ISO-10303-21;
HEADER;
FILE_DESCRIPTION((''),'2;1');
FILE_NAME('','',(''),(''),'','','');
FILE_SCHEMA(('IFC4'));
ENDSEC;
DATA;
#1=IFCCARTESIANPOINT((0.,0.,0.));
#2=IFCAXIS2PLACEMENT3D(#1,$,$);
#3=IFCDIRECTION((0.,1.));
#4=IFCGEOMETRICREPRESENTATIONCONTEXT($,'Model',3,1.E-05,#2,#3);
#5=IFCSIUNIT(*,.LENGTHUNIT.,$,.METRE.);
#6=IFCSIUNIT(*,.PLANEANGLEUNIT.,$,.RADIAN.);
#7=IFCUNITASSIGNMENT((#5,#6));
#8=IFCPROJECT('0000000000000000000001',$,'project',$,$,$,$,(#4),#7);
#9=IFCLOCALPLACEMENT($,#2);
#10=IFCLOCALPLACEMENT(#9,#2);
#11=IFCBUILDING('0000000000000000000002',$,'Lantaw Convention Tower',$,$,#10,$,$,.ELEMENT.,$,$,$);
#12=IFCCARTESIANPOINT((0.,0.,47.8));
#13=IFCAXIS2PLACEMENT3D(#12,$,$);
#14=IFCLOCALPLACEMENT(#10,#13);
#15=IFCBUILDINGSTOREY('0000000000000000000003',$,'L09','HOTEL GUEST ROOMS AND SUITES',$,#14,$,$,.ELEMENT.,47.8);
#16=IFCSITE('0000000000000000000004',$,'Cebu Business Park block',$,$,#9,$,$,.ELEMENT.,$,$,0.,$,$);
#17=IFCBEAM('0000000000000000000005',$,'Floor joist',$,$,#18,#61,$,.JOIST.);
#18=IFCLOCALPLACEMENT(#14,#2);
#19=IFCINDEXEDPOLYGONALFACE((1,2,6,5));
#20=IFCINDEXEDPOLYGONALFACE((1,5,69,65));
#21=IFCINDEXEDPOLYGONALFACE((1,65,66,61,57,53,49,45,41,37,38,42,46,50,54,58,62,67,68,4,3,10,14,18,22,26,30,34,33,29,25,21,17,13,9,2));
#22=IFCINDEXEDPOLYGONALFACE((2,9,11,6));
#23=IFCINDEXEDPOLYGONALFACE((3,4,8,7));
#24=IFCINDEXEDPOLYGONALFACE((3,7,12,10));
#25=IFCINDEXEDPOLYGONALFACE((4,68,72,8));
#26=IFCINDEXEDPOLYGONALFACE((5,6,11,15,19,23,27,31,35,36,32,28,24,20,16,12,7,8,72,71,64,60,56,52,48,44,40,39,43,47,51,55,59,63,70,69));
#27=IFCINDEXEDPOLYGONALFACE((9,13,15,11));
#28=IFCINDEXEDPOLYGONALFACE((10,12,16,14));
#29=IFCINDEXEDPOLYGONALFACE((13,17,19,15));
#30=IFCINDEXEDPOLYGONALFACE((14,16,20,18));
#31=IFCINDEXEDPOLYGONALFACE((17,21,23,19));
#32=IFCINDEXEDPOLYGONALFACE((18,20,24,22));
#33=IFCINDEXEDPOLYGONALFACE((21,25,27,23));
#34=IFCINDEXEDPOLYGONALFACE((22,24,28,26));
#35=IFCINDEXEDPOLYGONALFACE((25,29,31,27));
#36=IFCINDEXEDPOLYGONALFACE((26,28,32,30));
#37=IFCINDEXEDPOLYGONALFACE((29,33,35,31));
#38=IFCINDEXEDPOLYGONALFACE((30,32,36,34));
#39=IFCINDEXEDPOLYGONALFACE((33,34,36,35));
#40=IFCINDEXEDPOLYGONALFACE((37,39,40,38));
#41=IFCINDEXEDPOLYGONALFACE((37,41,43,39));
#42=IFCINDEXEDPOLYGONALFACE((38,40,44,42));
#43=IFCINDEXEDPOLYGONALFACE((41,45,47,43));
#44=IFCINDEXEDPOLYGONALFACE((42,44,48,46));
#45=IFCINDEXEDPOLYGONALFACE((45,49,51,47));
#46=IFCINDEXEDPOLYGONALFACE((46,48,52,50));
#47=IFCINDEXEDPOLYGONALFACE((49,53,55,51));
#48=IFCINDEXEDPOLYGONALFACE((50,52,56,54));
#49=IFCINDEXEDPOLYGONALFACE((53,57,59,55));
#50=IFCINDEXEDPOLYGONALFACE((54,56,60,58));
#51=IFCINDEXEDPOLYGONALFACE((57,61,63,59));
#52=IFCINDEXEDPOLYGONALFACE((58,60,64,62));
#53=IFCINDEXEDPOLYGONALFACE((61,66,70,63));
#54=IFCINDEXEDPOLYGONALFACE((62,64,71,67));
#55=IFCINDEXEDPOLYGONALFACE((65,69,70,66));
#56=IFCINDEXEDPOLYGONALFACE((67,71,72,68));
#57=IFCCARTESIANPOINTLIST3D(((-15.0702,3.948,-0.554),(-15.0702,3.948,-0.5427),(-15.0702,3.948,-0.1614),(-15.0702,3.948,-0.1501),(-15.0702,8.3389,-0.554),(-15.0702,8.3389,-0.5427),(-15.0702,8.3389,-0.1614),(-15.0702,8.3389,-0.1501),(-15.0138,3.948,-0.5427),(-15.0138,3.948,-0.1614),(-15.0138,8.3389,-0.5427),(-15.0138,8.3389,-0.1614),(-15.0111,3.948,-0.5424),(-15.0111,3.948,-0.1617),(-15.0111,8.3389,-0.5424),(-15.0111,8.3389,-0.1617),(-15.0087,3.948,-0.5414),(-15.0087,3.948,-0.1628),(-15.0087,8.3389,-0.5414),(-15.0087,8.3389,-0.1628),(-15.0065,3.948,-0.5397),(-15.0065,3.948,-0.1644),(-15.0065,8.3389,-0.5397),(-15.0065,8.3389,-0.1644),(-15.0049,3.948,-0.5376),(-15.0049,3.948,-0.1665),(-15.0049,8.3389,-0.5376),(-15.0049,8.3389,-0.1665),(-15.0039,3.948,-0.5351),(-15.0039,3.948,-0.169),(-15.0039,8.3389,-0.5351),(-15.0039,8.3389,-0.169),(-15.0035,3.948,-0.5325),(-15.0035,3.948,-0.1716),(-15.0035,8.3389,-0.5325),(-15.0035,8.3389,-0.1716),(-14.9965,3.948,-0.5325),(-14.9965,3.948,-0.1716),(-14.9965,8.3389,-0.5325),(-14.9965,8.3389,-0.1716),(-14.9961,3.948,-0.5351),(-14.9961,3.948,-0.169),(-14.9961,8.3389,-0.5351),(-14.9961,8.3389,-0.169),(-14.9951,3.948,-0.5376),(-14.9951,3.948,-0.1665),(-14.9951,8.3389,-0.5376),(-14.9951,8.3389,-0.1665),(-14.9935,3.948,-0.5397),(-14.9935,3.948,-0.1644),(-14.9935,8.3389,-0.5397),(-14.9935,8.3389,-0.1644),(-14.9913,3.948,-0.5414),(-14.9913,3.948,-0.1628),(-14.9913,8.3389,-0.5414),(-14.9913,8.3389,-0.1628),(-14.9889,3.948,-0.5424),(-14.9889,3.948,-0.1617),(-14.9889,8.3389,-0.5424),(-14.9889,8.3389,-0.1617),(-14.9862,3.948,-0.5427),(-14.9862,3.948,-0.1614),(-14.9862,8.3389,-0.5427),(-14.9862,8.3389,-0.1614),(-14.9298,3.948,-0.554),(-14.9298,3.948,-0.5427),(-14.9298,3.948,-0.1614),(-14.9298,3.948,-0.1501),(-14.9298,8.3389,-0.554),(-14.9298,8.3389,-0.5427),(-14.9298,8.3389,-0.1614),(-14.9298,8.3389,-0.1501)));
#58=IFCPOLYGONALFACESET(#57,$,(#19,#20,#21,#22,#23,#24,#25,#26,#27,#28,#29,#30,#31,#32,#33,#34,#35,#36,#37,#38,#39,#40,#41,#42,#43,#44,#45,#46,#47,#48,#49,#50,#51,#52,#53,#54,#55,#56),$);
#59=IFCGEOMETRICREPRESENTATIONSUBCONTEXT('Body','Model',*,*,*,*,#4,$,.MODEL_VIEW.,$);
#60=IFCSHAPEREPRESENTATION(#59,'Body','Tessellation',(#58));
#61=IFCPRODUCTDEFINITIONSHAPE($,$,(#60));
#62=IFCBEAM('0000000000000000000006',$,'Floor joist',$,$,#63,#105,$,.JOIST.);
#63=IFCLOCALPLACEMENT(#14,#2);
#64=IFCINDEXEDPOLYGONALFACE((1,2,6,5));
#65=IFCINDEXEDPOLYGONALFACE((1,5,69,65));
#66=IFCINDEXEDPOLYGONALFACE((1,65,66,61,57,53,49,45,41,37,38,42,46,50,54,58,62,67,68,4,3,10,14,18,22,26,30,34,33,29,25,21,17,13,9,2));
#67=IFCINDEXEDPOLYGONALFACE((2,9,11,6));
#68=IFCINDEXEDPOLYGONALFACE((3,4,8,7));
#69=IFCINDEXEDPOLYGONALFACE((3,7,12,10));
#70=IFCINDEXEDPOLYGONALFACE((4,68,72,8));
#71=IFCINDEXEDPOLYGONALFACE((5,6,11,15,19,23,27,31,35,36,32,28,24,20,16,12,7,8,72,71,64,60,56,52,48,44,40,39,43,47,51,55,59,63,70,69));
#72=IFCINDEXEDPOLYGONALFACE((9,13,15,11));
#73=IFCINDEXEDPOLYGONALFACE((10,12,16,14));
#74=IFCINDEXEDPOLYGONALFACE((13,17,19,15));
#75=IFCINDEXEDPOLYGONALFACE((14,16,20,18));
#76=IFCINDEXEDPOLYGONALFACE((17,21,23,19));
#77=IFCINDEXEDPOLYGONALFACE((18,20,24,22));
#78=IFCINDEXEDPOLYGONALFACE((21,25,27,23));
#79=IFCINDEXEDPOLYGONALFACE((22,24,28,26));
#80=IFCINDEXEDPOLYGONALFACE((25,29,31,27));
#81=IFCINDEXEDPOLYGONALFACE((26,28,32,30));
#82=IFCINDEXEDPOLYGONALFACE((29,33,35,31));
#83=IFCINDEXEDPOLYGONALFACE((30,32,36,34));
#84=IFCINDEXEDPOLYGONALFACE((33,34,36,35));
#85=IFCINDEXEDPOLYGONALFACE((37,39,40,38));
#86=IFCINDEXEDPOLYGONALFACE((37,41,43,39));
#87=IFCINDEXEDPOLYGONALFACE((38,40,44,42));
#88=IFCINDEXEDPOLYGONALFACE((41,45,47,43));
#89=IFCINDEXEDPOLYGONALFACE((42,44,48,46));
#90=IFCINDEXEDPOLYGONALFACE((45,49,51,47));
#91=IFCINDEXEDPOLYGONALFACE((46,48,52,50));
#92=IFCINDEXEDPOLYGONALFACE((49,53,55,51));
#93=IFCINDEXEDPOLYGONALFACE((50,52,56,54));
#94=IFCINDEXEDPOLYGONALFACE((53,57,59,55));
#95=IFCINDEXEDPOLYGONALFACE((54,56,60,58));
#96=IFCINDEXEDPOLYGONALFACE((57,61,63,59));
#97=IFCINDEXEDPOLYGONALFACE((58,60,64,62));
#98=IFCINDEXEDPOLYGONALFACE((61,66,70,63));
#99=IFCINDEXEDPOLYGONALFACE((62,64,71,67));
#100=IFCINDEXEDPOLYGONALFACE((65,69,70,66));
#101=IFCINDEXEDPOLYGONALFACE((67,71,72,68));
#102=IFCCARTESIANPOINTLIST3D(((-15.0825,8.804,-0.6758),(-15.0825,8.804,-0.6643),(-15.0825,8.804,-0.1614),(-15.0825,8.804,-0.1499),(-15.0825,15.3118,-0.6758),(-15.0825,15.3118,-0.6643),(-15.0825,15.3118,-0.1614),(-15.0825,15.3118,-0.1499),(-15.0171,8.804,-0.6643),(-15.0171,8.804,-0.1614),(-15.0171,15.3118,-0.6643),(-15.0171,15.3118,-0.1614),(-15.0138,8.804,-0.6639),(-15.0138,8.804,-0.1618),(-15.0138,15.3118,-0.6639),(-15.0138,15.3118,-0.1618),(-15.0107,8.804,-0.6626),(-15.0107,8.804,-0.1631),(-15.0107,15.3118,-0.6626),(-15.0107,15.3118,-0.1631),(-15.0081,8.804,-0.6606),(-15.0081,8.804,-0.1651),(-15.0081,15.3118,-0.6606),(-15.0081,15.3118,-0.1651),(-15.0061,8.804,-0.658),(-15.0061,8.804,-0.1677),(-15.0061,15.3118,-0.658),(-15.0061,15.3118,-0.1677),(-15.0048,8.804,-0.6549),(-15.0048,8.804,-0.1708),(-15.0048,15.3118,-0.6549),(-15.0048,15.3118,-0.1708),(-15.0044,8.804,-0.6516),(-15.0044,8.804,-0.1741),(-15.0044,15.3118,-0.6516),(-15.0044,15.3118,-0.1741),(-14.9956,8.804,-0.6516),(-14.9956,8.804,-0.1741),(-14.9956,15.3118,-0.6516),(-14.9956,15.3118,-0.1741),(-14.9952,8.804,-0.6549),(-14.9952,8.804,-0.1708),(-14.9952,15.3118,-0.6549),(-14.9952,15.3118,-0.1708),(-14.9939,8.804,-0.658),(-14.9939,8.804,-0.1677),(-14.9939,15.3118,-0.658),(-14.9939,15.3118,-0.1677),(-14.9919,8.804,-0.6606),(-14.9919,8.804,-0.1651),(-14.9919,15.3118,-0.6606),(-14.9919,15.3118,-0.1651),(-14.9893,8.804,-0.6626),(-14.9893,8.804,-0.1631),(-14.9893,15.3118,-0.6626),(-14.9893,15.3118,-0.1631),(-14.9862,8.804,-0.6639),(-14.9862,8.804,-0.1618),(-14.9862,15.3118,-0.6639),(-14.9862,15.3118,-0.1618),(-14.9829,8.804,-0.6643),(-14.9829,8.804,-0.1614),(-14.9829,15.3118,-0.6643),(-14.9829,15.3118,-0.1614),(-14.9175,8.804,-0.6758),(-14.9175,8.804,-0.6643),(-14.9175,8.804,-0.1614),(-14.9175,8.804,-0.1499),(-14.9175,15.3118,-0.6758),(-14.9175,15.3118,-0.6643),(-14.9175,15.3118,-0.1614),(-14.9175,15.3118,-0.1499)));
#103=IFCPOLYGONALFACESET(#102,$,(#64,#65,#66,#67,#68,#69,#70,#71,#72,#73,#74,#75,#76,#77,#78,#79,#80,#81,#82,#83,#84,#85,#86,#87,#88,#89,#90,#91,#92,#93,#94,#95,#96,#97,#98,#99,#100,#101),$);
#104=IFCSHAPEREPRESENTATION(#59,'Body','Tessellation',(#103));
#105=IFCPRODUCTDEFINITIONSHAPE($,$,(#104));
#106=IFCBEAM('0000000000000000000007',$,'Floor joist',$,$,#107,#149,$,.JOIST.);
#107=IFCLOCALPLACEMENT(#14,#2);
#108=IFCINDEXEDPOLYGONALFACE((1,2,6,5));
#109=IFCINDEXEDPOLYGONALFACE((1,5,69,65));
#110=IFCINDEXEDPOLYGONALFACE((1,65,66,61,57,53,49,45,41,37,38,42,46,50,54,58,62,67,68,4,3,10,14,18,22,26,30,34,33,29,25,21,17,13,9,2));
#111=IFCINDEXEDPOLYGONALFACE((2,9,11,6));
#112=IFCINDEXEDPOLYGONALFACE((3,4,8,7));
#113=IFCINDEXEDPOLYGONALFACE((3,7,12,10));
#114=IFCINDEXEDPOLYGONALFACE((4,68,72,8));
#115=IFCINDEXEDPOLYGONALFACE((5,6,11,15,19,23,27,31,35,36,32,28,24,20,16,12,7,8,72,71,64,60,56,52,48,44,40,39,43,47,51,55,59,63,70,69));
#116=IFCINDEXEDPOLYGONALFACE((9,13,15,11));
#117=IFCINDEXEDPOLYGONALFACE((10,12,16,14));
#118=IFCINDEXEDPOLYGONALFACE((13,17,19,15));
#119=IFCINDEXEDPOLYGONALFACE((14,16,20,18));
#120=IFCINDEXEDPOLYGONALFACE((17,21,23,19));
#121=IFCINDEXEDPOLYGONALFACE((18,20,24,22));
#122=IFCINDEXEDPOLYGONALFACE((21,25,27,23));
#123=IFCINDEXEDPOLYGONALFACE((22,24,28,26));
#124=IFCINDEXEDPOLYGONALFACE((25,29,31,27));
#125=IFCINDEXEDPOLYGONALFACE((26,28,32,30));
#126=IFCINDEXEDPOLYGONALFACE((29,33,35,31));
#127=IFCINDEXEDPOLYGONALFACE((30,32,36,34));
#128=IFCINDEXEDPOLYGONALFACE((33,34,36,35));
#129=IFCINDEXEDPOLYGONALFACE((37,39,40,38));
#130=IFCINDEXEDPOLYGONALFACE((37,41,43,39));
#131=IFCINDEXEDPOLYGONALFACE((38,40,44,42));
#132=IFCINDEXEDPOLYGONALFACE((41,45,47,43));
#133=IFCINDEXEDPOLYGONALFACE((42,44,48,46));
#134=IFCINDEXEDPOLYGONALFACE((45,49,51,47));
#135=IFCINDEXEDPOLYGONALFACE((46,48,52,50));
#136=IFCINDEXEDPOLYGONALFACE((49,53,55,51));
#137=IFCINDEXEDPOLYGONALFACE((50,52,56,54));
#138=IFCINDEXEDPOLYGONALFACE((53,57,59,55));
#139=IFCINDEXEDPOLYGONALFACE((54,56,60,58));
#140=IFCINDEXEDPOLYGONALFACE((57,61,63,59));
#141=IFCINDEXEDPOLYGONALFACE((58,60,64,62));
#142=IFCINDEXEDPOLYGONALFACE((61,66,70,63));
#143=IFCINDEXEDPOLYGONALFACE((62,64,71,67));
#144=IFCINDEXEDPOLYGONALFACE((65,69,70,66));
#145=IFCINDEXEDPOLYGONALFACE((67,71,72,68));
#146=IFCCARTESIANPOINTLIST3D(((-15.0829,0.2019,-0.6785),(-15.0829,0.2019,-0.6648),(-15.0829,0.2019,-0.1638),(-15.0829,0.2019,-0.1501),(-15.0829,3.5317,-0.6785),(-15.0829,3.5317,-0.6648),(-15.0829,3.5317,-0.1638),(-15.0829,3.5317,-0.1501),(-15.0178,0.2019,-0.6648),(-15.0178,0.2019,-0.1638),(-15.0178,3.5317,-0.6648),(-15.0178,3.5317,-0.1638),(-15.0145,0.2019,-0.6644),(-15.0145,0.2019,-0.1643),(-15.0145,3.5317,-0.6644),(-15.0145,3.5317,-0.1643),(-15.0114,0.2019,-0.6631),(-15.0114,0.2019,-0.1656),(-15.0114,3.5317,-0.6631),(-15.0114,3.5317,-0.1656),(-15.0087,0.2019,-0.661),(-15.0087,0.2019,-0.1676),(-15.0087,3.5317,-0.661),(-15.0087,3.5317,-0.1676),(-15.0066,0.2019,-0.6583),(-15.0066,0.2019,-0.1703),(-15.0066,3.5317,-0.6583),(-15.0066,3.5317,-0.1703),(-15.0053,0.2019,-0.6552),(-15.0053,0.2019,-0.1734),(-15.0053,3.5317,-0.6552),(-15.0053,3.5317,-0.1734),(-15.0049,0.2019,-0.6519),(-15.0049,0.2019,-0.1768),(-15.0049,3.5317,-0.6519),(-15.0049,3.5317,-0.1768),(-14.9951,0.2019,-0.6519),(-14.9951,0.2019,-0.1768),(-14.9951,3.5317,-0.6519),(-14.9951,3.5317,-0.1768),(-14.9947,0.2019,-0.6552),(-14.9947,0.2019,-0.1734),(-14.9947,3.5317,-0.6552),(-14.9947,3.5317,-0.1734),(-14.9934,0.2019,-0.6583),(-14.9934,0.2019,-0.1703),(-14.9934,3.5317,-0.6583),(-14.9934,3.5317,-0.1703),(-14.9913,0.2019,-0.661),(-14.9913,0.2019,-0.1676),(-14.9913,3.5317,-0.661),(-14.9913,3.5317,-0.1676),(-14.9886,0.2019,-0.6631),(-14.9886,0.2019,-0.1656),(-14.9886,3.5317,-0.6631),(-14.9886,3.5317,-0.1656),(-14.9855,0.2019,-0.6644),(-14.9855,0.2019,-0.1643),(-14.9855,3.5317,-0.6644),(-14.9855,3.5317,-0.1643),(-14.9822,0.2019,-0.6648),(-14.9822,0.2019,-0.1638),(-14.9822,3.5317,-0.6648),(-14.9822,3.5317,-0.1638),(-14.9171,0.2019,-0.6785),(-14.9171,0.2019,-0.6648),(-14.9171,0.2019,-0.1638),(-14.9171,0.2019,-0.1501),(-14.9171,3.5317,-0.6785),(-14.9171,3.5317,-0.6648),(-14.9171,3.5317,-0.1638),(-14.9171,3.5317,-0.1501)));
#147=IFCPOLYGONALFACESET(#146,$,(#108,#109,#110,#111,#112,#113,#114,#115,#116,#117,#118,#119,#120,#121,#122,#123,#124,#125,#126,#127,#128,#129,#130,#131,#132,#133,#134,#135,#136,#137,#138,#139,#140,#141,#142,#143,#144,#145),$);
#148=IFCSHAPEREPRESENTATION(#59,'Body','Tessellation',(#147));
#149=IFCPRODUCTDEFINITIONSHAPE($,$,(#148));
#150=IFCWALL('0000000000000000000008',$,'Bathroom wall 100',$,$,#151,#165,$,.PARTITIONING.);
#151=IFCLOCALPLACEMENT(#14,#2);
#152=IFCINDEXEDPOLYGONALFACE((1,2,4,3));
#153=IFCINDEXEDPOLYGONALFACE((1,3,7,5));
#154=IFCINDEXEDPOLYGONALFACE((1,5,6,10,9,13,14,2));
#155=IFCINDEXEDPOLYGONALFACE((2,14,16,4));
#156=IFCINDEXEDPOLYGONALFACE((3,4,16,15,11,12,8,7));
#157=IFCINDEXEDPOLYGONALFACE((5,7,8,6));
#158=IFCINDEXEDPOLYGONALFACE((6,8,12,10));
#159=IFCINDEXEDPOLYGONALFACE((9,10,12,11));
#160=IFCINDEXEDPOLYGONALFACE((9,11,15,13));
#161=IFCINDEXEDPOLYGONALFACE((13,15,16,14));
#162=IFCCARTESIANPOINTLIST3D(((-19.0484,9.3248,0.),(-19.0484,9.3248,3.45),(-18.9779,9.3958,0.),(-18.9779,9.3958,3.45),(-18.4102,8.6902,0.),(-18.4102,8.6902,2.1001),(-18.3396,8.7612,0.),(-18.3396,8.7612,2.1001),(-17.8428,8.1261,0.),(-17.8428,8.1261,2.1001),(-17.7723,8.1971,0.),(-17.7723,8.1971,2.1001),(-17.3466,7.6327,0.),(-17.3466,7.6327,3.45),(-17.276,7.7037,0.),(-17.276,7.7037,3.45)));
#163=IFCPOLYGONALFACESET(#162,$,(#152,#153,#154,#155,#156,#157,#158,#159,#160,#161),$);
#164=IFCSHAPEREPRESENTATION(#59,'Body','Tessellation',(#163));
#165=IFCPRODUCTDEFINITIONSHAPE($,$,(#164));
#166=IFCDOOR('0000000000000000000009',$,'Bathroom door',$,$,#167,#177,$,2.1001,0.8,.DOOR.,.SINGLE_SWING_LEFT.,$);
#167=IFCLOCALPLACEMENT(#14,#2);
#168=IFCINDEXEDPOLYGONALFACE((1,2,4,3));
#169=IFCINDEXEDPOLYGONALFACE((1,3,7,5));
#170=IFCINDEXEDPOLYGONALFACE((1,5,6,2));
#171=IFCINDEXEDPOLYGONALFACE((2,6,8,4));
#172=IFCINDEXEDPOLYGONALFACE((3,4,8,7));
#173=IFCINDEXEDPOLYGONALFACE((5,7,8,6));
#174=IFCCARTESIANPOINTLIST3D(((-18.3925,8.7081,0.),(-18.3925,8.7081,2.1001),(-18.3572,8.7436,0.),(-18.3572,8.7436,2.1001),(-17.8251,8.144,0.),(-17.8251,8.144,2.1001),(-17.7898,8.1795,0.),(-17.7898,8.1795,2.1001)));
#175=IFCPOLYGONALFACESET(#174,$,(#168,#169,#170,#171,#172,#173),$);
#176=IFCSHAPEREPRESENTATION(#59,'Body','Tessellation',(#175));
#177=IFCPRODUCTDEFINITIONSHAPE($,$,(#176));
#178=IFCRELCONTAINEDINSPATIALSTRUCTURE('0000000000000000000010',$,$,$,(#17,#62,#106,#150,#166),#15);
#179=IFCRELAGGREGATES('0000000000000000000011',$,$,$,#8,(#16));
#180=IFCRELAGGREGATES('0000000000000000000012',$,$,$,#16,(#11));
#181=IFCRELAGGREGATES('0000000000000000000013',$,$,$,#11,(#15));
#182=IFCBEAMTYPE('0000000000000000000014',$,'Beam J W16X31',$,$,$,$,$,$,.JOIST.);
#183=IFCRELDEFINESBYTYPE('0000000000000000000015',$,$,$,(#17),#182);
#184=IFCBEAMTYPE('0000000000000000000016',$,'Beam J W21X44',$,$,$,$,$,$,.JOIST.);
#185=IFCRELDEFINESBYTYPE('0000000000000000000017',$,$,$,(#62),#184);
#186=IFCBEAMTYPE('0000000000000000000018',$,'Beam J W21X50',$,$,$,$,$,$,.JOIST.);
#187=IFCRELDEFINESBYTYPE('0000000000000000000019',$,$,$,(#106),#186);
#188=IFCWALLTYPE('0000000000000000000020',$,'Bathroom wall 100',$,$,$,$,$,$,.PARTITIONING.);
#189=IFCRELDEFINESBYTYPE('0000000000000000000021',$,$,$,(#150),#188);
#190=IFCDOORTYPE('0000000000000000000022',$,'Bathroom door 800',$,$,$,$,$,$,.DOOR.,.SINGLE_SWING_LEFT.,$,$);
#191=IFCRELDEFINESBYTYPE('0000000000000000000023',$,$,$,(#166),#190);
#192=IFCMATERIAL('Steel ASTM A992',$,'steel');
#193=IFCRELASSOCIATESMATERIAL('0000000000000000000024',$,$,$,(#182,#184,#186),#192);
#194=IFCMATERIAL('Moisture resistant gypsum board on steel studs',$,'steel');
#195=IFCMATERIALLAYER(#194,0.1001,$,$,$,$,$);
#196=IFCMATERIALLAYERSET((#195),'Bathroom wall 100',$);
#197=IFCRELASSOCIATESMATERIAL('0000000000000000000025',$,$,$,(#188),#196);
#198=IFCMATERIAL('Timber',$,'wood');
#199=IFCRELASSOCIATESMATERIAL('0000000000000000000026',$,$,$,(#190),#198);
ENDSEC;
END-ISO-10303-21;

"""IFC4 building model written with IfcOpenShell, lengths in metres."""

from ifc_helpers import new_model, si_unit, direction, frame, frame_2d, origin, origin_2d, place, context, subcontext, project, spatial, rectangle, i_section, extrude, material, layer, layer_set, material_profile, profile_set, type_object, element, fill, save


model = new_model("IFC4")

# Units and contexts
model_context = context("Model", 3, precision=1e-05, world=origin(), true_north=direction((0.0, 1.0)))
body_context = subcontext(model_context, "Body", "Model", "MODEL_VIEW")
ifc_project = project(units=[si_unit("LENGTHUNIT", "METRE"), si_unit("PLANEANGLEUNIT", "RADIAN")], contexts=[model_context])

# Site, building, storey
site_placement = place(None, origin())
site = spatial("IfcSite", under=ifc_project, at=site_placement, Name="Cebu Business Park block", CompositionType="ELEMENT", RefElevation=0.0)
building_placement = place(site_placement, origin())
building = spatial("IfcBuilding", under=site, at=building_placement, Name="Lantaw Convention Tower", CompositionType="ELEMENT")
storey_placement = place(building_placement, frame((0.0, 0.0, 47.8)))
storey = spatial("IfcBuildingStorey", under=building, at=storey_placement, Name="L09", Description="HOTEL GUEST ROOMS AND SUITES", CompositionType="ELEMENT", Elevation=47.8)

# Beams
ifc_material_1 = material(Name="Steel ASTM A992", Category="steel")
ifc_material_profile_1 = material_profile(ifc_material_1, i_section(OverallWidth=0.1404, OverallDepth=0.4038, WebThickness=0.0071, FlangeThickness=0.0112, FilletRadius=0.0103, at=origin_2d()), Name="W16X31")
ifc_profile_set_1 = profile_set([ifc_material_profile_1], Name="Steel ASTM A992")
beam_type_1 = type_object("IfcBeamType", Name="Beam J W16X31", PredefinedType="JOIST", material=ifc_profile_set_1)
beam_1_placement = place(storey_placement, frame((-15.0, 3.948, -0.3521), z_axis=(0.0, 1.0, 0.0), x_axis=(-1.0, 0.0, 0.0)))
element("IfcBeam", 1, at=beam_1_placement, inside=storey, type_object=beam_type_1, Name="Floor joist", PredefinedType="JOIST", context=body_context, shape_type="SweptSolid", body=[
    extrude(i_section(OverallWidth=0.1404, OverallDepth=0.4038, WebThickness=0.0071, FlangeThickness=0.0112, FilletRadius=0.0103, at=origin_2d()), origin(), (0.0, 0.0, 1.0), 4.3909),
])
ifc_material_profile_2 = material_profile(ifc_material_1, i_section(OverallWidth=0.165, OverallDepth=0.5259, WebThickness=0.0088, FlangeThickness=0.0115, FilletRadius=0.0127, at=origin_2d()), Name="W21X44")
ifc_profile_set_2 = profile_set([ifc_material_profile_2], Name="Steel ASTM A992")
beam_type_2 = type_object("IfcBeamType", Name="Beam J W21X44", PredefinedType="JOIST", material=ifc_profile_set_2)
beam_2_placement = place(storey_placement, frame((-15.0, 8.804, -0.4128), z_axis=(0.0, 1.0, 0.0), x_axis=(-1.0, 0.0, 0.0)))
element("IfcBeam", 2, at=beam_2_placement, inside=storey, type_object=beam_type_2, Name="Floor joist", PredefinedType="JOIST", context=body_context, shape_type="SweptSolid", body=[
    extrude(i_section(OverallWidth=0.165, OverallDepth=0.5259, WebThickness=0.0088, FlangeThickness=0.0115, FilletRadius=0.0127, at=origin_2d()), origin(), (0.0, 0.0, 1.0), 6.5078),
])
ifc_material_profile_3 = material_profile(ifc_material_1, i_section(OverallWidth=0.1658, OverallDepth=0.5283, WebThickness=0.0098, FlangeThickness=0.0137, FilletRadius=0.0129, at=origin_2d()), Name="W21X50")
ifc_profile_set_3 = profile_set([ifc_material_profile_3], Name="Steel ASTM A992")
beam_type_3 = type_object("IfcBeamType", Name="Beam J W21X50", PredefinedType="JOIST", material=ifc_profile_set_3)
beam_3_placement = place(storey_placement, frame((-15.0, 0.2019, -0.4143), z_axis=(0.0, 1.0, 0.0), x_axis=(-1.0, 0.0, 0.0)))
element("IfcBeam", 3, at=beam_3_placement, inside=storey, type_object=beam_type_3, Name="Floor joist", PredefinedType="JOIST", context=body_context, shape_type="SweptSolid", body=[
    extrude(i_section(OverallWidth=0.1658, OverallDepth=0.5283, WebThickness=0.0098, FlangeThickness=0.0137, FilletRadius=0.0129, at=origin_2d()), origin(), (0.0, 0.0, 1.0), 3.3298),
])

# Wall, opening, door
ifc_material_2 = material(Name="Moisture resistant gypsum board on steel studs", Category="steel")
ifc_layer_1 = layer(ifc_material_2, 0.1001)
ifc_layer_set_1 = layer_set([ifc_layer_1], Name="Bathroom wall 100")
wall_type_1 = type_object("IfcWallType", Name="Bathroom wall 100", PredefinedType="PARTITIONING", material=ifc_layer_set_1)
wall_1_placement = place(storey_placement, frame((-17.3113, 7.6682, 0.0), z_axis=(0.0, 0.0, 1.0), x_axis=(-0.709138, 0.705069, 0.0)))
wall_1 = element("IfcWall", 4, at=wall_1_placement, inside=storey, type_object=wall_type_1, Name="Bathroom wall 100", PredefinedType="PARTITIONING", context=body_context, shape_type="SweptSolid", body=[
    extrude(rectangle(XDim=2.3999, YDim=0.1001, at=frame_2d((1.2, 0.0))), origin(), (0.0, 0.0, 1.0), 3.45),
])
opening_1_placement = place(wall_1_placement, frame((0.7, 0.0, 0.0)))
opening_1 = element("IfcOpeningElement", 5, at=opening_1_placement, cuts=wall_1, PredefinedType="OPENING", context=body_context, shape_type="SweptSolid", body=[
    extrude(rectangle(XDim=0.8, YDim=2.1001, at=frame_2d((0.3999, 1.05))), frame((0.0, 0.0601, 0.0), z_axis=(0.0, -1.0, 0.0), x_axis=(1.0, 0.0, 0.0)), (0.0, 0.0, 1.0), 0.1201),
])
ifc_material_3 = material(Name="Timber", Category="wood")
door_type_1 = type_object("IfcDoorType", Name="Bathroom door 800", OperationType="SINGLE_SWING_LEFT", PredefinedType="DOOR", material=ifc_material_3)
door_1_placement = place(opening_1_placement, origin())
door_1 = element("IfcDoor", 6, at=door_1_placement, inside=storey, type_object=door_type_1, Name="Bathroom door", OperationType="SINGLE_SWING_LEFT", OverallHeight=2.1001, OverallWidth=0.8, PredefinedType="DOOR", context=body_context, shape_type="SweptSolid", body=[
    extrude(rectangle(XDim=0.8, YDim=2.1001, at=frame_2d((0.3999, 1.05))), frame((0.0, 0.0249, 0.0), z_axis=(0.0, -1.0, 0.0), x_axis=(1.0, 0.0, 0.0)), (0.0, 0.0, 1.0), 0.05),
])
fill(opening_1, door_1)

save(model, "model.ifc")
